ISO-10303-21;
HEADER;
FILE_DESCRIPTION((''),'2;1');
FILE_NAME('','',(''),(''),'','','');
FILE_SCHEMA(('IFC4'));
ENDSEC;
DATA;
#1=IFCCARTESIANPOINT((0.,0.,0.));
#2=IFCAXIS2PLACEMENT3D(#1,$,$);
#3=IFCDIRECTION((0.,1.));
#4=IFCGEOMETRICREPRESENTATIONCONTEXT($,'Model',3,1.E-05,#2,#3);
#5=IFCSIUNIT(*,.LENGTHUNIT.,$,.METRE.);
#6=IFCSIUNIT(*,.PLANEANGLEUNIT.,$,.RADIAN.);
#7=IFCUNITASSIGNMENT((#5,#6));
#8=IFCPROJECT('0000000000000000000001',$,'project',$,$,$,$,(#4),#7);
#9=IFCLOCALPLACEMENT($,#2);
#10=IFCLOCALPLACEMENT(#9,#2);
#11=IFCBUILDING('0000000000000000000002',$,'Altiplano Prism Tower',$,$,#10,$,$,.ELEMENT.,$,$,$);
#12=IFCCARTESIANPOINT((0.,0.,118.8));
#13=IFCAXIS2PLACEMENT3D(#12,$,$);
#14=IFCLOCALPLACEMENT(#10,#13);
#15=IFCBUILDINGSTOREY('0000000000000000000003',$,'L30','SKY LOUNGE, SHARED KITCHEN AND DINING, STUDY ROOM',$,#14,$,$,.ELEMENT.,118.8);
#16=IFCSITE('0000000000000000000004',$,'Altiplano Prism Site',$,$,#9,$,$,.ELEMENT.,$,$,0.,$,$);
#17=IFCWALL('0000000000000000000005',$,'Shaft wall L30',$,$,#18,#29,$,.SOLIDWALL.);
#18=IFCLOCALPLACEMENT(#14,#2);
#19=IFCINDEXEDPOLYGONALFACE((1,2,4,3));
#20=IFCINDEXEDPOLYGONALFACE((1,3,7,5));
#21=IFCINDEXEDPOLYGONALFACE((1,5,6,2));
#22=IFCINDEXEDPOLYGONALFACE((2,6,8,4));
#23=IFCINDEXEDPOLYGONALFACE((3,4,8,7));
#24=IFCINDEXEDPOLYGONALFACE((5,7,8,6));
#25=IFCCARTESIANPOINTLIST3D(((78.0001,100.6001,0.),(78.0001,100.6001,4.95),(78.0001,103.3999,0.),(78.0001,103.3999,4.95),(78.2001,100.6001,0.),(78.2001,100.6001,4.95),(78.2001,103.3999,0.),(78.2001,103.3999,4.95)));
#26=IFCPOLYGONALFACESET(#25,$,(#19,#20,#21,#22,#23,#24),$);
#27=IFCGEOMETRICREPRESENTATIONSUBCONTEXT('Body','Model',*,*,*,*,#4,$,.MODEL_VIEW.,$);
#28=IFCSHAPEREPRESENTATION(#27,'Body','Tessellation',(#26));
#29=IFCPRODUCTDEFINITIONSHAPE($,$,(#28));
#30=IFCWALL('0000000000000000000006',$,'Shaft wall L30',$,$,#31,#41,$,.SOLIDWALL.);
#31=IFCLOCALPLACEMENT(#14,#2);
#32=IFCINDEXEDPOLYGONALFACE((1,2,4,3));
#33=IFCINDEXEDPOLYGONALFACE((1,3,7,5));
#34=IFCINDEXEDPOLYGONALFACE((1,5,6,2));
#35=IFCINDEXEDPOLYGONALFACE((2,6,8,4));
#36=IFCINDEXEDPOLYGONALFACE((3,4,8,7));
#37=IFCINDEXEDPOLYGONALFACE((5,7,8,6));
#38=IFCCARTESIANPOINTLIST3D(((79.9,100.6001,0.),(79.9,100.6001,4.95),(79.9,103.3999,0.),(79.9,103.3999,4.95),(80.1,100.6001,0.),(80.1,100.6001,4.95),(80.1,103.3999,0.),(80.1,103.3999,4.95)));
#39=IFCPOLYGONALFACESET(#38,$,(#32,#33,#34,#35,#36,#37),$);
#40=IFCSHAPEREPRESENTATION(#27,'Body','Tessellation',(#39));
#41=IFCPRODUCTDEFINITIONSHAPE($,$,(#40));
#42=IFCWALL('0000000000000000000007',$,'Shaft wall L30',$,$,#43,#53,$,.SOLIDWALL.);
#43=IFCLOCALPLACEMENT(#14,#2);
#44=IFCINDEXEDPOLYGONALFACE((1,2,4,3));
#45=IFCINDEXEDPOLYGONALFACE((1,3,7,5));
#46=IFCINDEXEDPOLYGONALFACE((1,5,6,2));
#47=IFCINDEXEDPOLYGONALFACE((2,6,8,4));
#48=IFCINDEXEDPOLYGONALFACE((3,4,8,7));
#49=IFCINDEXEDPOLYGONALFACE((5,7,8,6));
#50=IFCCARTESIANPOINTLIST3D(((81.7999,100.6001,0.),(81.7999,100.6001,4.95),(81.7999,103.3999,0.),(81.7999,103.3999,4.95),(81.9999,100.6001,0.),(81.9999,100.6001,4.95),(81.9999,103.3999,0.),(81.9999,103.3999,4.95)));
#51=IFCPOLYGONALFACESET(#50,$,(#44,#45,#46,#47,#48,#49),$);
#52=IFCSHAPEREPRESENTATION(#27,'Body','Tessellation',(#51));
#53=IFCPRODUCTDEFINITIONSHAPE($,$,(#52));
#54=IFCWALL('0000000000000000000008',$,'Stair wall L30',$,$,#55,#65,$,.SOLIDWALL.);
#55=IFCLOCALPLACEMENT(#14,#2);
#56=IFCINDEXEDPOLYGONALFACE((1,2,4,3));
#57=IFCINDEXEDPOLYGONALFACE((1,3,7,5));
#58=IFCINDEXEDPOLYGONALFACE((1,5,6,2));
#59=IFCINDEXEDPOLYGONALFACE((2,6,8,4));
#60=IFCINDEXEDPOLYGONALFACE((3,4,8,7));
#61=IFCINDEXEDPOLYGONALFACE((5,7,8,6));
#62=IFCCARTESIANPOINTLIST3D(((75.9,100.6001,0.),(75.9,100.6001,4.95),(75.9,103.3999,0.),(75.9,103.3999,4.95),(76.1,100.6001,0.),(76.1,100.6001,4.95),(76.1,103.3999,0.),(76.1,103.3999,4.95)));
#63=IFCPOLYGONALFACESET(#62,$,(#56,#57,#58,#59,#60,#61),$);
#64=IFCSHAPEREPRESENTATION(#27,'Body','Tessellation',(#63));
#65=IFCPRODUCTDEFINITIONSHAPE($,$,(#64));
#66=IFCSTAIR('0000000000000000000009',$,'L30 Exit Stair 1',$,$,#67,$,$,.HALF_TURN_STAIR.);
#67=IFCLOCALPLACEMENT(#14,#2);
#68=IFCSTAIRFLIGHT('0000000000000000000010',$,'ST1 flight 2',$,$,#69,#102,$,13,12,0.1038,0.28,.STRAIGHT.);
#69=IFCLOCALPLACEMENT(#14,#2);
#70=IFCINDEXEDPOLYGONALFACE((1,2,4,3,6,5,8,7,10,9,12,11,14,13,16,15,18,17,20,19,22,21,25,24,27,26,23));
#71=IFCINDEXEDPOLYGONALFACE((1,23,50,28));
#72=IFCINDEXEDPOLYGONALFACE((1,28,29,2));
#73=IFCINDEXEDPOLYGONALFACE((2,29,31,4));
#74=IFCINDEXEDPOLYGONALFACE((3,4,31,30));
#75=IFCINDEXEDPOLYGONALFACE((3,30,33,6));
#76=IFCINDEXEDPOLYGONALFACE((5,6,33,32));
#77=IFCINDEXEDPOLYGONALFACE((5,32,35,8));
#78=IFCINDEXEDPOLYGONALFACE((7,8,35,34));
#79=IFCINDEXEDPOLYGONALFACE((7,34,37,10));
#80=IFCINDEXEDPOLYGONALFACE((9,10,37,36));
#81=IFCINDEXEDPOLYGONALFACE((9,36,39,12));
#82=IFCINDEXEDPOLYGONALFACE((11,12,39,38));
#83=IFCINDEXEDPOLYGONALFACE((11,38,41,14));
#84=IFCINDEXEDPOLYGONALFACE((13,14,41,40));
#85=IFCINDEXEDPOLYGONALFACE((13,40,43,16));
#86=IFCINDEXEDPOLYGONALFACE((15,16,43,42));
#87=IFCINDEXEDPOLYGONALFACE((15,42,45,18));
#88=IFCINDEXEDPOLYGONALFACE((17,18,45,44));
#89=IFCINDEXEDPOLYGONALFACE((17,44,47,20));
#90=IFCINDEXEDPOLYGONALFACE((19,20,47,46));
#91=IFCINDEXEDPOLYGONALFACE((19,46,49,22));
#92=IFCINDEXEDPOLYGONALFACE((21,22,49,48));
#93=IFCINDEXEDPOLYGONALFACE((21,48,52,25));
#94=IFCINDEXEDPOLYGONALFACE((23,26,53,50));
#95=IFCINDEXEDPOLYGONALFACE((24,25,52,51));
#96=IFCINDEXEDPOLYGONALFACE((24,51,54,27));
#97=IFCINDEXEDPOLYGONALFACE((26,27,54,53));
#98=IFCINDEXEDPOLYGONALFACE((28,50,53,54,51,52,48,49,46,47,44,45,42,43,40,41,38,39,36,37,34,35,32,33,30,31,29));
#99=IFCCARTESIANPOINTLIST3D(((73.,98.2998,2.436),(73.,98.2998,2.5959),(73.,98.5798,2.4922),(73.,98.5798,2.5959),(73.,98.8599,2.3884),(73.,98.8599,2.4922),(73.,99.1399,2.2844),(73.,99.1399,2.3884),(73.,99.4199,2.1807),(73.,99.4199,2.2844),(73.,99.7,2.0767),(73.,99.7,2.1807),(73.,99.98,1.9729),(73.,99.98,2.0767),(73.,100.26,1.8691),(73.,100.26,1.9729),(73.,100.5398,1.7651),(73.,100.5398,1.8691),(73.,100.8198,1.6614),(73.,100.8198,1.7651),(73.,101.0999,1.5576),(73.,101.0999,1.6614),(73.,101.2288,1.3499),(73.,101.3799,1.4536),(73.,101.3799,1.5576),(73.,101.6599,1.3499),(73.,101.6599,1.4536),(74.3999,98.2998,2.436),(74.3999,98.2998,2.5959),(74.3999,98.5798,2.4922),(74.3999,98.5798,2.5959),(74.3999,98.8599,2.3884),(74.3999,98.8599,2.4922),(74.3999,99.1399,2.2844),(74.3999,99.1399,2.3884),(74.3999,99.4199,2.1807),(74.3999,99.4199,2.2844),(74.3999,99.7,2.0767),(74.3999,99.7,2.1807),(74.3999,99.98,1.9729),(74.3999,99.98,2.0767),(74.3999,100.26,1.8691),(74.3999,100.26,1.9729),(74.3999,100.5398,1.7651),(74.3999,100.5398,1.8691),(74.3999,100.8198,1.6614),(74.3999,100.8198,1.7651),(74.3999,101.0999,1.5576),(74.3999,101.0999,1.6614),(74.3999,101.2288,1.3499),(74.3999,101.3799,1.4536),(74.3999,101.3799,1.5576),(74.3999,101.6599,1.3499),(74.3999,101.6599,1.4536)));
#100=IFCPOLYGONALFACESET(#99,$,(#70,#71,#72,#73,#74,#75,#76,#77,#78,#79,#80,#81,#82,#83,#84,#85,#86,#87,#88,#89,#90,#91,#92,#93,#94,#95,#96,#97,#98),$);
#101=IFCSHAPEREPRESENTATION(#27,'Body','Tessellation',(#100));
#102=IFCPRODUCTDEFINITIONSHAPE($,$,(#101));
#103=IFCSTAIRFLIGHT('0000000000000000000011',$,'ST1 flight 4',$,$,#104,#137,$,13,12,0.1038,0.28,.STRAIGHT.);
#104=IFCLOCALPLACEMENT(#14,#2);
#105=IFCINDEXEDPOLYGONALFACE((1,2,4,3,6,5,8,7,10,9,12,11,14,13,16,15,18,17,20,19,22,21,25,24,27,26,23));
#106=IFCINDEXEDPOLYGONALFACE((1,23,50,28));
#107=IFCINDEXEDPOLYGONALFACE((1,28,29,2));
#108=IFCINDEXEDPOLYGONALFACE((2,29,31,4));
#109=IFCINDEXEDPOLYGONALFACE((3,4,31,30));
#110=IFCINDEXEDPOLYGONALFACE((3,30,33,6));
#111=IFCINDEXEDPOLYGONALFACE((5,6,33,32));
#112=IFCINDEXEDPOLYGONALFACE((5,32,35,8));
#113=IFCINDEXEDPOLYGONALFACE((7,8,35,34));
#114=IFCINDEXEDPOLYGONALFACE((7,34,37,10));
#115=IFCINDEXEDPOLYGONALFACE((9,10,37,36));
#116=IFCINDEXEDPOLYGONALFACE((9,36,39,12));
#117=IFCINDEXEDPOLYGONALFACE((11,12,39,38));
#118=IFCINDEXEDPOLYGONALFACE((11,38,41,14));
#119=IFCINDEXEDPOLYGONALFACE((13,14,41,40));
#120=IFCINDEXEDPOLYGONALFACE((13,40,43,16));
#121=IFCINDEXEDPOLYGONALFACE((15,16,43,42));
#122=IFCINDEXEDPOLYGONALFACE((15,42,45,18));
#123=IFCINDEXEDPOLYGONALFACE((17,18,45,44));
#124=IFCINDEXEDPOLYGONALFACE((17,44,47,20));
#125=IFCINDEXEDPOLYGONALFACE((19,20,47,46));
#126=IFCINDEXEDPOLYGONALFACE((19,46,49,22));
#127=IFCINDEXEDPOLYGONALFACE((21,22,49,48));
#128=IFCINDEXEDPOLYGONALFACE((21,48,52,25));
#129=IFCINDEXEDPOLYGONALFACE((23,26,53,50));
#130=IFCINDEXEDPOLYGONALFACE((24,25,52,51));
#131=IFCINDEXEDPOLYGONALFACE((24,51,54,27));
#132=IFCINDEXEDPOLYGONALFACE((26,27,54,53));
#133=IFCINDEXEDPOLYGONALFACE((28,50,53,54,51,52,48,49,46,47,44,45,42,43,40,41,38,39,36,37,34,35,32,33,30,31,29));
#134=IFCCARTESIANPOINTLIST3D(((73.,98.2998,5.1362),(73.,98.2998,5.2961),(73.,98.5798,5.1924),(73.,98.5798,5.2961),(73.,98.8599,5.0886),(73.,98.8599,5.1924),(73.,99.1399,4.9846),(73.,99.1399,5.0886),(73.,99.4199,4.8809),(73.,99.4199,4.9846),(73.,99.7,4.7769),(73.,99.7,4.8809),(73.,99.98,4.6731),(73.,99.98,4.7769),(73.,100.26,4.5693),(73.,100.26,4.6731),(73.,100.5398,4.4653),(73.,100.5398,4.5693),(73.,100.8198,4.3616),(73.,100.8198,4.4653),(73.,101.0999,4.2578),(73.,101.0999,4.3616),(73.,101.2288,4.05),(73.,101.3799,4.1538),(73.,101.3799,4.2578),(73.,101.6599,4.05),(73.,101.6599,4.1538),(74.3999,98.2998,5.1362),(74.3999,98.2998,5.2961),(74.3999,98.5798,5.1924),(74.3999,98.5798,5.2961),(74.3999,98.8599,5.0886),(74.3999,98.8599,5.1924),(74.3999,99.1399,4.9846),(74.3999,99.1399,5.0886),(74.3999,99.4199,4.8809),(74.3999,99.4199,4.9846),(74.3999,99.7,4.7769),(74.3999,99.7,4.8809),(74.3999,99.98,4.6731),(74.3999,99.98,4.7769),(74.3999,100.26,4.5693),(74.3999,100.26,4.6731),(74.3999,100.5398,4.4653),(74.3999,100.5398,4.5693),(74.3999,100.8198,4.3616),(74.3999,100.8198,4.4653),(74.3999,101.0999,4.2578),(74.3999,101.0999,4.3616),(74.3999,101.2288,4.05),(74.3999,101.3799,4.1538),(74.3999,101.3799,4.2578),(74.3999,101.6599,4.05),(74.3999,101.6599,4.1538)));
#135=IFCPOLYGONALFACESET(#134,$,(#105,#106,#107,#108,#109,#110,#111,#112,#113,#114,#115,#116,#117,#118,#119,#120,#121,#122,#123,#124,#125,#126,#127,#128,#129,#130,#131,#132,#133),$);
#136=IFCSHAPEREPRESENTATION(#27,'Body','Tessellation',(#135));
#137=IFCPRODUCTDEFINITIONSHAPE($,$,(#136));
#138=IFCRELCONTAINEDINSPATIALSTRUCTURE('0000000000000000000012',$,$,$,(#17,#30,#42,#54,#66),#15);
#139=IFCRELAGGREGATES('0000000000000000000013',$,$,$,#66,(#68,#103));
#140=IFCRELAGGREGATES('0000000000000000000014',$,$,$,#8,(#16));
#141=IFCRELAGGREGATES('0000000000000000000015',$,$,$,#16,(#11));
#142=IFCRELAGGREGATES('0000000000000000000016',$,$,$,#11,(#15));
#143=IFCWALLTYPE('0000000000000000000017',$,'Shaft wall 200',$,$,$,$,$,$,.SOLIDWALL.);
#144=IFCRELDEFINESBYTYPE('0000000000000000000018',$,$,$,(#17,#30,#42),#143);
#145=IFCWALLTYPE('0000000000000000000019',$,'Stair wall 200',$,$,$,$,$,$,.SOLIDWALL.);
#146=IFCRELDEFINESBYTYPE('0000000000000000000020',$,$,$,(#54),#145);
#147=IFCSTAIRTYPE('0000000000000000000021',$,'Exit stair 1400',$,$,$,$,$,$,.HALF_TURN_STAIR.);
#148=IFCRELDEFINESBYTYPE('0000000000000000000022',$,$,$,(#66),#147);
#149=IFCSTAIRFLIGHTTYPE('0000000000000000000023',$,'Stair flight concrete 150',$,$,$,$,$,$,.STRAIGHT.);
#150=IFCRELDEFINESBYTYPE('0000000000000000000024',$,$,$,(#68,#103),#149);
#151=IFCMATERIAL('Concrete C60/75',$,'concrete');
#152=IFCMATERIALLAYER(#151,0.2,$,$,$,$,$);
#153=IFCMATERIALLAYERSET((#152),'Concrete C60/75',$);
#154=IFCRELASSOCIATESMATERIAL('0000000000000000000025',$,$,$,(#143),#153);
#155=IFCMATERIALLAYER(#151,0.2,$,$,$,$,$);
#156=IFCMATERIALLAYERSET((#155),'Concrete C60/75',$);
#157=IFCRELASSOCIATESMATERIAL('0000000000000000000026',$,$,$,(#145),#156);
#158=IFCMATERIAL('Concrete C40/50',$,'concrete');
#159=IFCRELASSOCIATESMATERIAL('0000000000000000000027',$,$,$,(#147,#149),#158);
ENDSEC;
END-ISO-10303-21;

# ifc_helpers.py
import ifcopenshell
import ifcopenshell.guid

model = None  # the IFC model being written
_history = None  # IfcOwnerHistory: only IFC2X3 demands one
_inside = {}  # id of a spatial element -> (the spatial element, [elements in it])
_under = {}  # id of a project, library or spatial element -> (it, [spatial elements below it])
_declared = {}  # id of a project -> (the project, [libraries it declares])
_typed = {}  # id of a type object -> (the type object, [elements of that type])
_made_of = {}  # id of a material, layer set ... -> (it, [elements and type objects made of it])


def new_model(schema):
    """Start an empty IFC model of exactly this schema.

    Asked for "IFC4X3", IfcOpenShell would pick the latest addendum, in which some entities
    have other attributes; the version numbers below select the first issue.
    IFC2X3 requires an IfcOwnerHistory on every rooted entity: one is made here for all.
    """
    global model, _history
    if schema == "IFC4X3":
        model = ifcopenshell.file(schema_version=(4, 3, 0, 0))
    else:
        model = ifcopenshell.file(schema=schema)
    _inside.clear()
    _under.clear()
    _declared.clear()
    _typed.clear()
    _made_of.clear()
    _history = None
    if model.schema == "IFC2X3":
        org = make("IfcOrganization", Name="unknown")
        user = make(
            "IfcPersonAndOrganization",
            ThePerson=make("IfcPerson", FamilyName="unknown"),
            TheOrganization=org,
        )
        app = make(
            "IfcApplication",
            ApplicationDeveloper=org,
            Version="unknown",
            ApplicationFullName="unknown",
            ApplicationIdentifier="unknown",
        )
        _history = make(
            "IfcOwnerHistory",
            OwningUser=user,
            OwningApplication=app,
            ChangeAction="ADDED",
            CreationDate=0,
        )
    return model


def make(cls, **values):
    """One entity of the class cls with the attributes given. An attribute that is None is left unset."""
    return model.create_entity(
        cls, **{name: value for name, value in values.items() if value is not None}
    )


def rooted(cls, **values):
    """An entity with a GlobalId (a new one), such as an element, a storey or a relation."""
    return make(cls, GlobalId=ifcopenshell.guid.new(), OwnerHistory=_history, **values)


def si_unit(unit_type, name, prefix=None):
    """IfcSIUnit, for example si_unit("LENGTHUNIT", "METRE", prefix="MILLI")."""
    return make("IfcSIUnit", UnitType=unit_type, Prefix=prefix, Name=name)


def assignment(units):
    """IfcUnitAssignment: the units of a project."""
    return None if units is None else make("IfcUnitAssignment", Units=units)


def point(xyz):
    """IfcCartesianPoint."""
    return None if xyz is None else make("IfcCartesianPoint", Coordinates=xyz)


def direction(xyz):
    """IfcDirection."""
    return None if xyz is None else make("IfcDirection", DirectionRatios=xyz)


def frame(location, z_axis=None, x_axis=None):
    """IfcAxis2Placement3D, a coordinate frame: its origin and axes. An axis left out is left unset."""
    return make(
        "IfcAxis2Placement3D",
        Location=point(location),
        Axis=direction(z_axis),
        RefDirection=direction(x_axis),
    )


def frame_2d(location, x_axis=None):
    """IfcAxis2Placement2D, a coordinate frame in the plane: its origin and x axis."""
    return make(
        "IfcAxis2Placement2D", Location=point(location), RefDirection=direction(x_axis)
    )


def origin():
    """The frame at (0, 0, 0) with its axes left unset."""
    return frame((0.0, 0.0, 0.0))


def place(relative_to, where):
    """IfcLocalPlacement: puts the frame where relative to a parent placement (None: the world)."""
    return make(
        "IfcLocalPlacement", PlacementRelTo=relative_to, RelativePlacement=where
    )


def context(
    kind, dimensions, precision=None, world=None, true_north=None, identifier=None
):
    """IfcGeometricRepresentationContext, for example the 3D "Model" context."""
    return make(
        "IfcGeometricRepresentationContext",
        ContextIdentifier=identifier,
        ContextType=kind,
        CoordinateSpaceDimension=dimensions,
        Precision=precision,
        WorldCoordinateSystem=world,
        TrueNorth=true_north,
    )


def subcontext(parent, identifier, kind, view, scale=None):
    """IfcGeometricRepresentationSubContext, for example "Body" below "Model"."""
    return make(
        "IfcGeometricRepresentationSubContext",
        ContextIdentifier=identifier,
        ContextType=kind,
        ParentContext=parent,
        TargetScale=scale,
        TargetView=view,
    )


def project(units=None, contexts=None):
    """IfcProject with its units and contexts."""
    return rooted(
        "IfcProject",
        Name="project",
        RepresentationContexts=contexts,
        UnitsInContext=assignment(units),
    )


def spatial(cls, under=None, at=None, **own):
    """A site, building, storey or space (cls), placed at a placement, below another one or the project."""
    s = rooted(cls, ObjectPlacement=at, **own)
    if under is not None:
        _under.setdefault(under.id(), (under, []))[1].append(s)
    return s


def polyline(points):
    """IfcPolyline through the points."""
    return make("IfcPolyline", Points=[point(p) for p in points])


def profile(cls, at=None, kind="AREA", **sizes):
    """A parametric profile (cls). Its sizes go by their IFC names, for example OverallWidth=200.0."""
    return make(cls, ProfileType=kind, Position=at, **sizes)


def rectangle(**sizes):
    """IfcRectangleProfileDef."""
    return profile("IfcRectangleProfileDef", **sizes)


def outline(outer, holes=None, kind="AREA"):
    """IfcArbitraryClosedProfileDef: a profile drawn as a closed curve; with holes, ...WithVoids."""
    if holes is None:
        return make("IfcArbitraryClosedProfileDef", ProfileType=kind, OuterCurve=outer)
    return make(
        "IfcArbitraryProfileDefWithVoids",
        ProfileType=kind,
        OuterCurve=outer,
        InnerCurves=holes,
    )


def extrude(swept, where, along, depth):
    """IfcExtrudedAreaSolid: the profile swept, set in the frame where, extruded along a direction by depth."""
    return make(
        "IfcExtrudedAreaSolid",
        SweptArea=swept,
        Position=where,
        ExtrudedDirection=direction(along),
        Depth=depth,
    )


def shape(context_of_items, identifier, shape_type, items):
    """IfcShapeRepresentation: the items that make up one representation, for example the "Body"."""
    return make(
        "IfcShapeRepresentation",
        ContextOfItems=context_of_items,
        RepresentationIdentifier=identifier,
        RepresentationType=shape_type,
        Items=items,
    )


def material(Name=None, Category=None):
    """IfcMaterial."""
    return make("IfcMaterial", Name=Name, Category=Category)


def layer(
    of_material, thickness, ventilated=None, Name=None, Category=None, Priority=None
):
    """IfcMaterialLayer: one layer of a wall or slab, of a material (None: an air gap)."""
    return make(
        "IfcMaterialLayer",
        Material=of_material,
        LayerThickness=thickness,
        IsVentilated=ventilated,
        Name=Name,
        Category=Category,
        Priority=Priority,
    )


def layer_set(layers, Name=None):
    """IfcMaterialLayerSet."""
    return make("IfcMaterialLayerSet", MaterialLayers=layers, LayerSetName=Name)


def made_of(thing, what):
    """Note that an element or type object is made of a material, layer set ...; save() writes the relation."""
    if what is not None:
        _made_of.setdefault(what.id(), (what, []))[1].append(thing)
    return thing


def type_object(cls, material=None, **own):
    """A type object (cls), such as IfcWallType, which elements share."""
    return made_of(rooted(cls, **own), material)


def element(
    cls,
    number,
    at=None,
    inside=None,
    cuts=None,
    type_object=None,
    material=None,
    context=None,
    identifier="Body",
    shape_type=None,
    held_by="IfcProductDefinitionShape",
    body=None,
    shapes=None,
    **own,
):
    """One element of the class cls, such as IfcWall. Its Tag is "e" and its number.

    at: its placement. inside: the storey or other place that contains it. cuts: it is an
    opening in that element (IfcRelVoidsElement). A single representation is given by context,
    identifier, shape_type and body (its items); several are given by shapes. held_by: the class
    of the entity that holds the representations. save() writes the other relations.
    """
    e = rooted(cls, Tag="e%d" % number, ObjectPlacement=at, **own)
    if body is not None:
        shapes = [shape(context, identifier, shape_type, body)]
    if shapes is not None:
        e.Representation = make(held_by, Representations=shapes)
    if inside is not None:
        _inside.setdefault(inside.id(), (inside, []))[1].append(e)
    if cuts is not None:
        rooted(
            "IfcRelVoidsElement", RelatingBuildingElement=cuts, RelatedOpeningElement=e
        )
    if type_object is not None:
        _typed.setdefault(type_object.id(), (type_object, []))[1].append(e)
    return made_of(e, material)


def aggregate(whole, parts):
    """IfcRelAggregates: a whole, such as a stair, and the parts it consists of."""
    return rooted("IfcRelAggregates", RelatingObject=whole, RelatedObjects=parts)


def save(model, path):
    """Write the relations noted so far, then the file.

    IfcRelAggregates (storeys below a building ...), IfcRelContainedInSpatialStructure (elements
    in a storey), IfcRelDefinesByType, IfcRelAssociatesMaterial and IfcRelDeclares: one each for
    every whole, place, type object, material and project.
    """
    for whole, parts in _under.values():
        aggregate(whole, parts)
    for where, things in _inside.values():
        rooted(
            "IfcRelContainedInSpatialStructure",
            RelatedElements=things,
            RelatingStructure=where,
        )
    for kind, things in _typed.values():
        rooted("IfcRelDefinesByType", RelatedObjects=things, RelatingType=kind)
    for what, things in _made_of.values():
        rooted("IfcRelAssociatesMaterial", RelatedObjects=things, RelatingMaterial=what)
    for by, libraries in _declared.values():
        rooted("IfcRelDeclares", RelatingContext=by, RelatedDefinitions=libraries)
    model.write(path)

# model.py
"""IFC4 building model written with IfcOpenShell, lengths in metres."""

from ifc_helpers import new_model, si_unit, direction, frame, frame_2d, origin, place, context, subcontext, project, spatial, polyline, rectangle, outline, extrude, material, layer, layer_set, type_object, element, aggregate, save


model = new_model("IFC4")

# Units and contexts
model_context = context("Model", 3, precision=1e-05, world=origin(), true_north=direction((0.0, 1.0)))
body_context = subcontext(model_context, "Body", "Model", "MODEL_VIEW")
ifc_project = project(units=[si_unit("LENGTHUNIT", "METRE"), si_unit("PLANEANGLEUNIT", "RADIAN")], contexts=[model_context])

# Site, building, storey
site_placement = place(None, origin())
site = spatial("IfcSite", under=ifc_project, at=site_placement, Name="Altiplano Prism Site", CompositionType="ELEMENT", RefElevation=0.0)
building_placement = place(site_placement, origin())
building = spatial("IfcBuilding", under=site, at=building_placement, Name="Altiplano Prism Tower", CompositionType="ELEMENT")
storey_placement = place(building_placement, frame((0.0, 0.0, 118.8)))
storey = spatial("IfcBuildingStorey", under=building, at=storey_placement, Name="L30", Description="SKY LOUNGE, SHARED KITCHEN AND DINING, STUDY ROOM", CompositionType="ELEMENT", Elevation=118.8)

# Walls
ifc_material_1 = material(Name="Concrete C60/75", Category="concrete")
ifc_layer_1 = layer(ifc_material_1, 0.2)
ifc_layer_set_1 = layer_set([ifc_layer_1], Name="Concrete C60/75")
wall_type_1 = type_object("IfcWallType", Name="Shaft wall 200", PredefinedType="SOLIDWALL", material=ifc_layer_set_1)
for number, where, z_axis, x_axis, name in (
    (1, (78.1001, 100.6001, 0.0), (0.0, 0.0, 1.0), (0.0, 1.0, 0.0), "Shaft wall L30"),
    (2, (80.0, 100.6001, 0.0), (0.0, 0.0, 1.0), (0.0, 1.0, 0.0), "Shaft wall L30"),
    (3, (81.8999, 100.6001, 0.0), (0.0, 0.0, 1.0), (0.0, 1.0, 0.0), "Shaft wall L30"),
):
    element("IfcWall", number, at=place(storey_placement, frame(where, z_axis=z_axis, x_axis=x_axis)), inside=storey, type_object=wall_type_1, Name=name, PredefinedType="SOLIDWALL", context=body_context, shape_type="SweptSolid", body=[
        extrude(rectangle(XDim=2.7998, YDim=0.2, at=frame_2d((1.3999, 0.0))), origin(), (0.0, 0.0, 1.0), 4.95),
    ])

# Shared definitions
ifc_layer_2 = layer(ifc_material_1, 0.2)
ifc_layer_set_2 = layer_set([ifc_layer_2], Name="Concrete C60/75")
wall_type_2 = type_object("IfcWallType", Name="Stair wall 200", PredefinedType="SOLIDWALL", material=ifc_layer_set_2)

# Wall
wall_1_placement = place(storey_placement, frame((76.0, 100.6001, 0.0), z_axis=(0.0, 0.0, 1.0), x_axis=(0.0, 1.0, 0.0)))
element("IfcWall", 4, at=wall_1_placement, inside=storey, type_object=wall_type_2, Name="Stair wall L30", PredefinedType="SOLIDWALL", context=body_context, shape_type="SweptSolid", body=[
    extrude(rectangle(XDim=2.7998, YDim=0.2, at=frame_2d((1.3999, 0.0))), origin(), (0.0, 0.0, 1.0), 4.95),
])

# Stair, stair flights
ifc_material_2 = material(Name="Concrete C40/50", Category="concrete")
stair_type = type_object("IfcStairType", Name="Exit stair 1400", PredefinedType="HALF_TURN_STAIR", material=ifc_material_2)
stair_placement = place(storey_placement, origin())
stair = element("IfcStair", 5, at=stair_placement, inside=storey, type_object=stair_type, Name="L30 Exit Stair 1", PredefinedType="HALF_TURN_STAIR")
stair_flight_type = type_object("IfcStairFlightType", Name="Stair flight concrete 150", PredefinedType="STRAIGHT", material=ifc_material_2)
stair_flight_1_placement = place(storey_placement, frame((73.7, 101.6599, 1.3499), z_axis=(0.0, 0.0, 1.0), x_axis=(0.0, -1.0, 0.0)))
stair_flight_1 = element("IfcStairFlight", 6, at=stair_flight_1_placement, type_object=stair_flight_type, Name="ST1 flight 2", NumberOfRisers=13, NumberOfTreads=12, PredefinedType="STRAIGHT", RiserHeight=0.1038, TreadLength=0.28, context=body_context, shape_type="SweptSolid", body=[
    extrude(outline(polyline([(0.0, 0.0), (0.0, 0.1038), (0.28, 0.1038), (0.28, 0.2078), (0.5601, 0.2078), (0.5601, 0.3115), (0.8401, 0.3115), (0.8401, 0.4153), (1.1201, 0.4153), (1.1201, 0.5193), (1.3999, 0.5193), (1.3999, 0.623), (1.6799, 0.623), (1.6799, 0.7268), (1.96, 0.7268), (1.96, 0.8308), (2.24, 0.8308), (2.24, 0.9346), (2.52, 0.9346), (2.52, 1.0386), (2.8, 1.0386), (2.8, 1.1423), (3.0801, 1.1423), (3.0801, 1.2461), (3.3601, 1.2461), (3.3601, 1.3501), (3.3601, 1.0862), (0.4312, 0.0), (0.0, 0.0)])), frame((0.0, 0.7, 0.0), z_axis=(0.0, -1.0, 0.0), x_axis=(1.0, 0.0, 0.0)), (0.0, 0.0, 1.0), 1.3999),
])
stair_flight_2_placement = place(storey_placement, frame((73.7, 101.6599, 4.05), z_axis=(0.0, 0.0, 1.0), x_axis=(0.0, -1.0, 0.0)))
stair_flight_2 = element("IfcStairFlight", 7, at=stair_flight_2_placement, type_object=stair_flight_type, Name="ST1 flight 4", NumberOfRisers=13, NumberOfTreads=12, PredefinedType="STRAIGHT", RiserHeight=0.1038, TreadLength=0.28, context=body_context, shape_type="SweptSolid", body=[
    extrude(outline(polyline([(0.0, 0.0), (0.0, 0.1038), (0.28, 0.1038), (0.28, 0.2078), (0.5601, 0.2078), (0.5601, 0.3115), (0.8401, 0.3115), (0.8401, 0.4153), (1.1201, 0.4153), (1.1201, 0.5193), (1.3999, 0.5193), (1.3999, 0.623), (1.6799, 0.623), (1.6799, 0.7268), (1.96, 0.7268), (1.96, 0.8308), (2.24, 0.8308), (2.24, 0.9346), (2.52, 0.9346), (2.52, 1.0386), (2.8, 1.0386), (2.8, 1.1423), (3.0801, 1.1423), (3.0801, 1.2461), (3.3601, 1.2461), (3.3601, 1.3501), (3.3601, 1.0862), (0.4312, 0.0), (0.0, 0.0)])), frame((0.0, 0.7, 0.0), z_axis=(0.0, -1.0, 0.0), x_axis=(1.0, 0.0, 0.0)), (0.0, 0.0, 1.0), 1.3999),
])
aggregate(stair, [stair_flight_1, stair_flight_2])

save(model, "model.ifc")
